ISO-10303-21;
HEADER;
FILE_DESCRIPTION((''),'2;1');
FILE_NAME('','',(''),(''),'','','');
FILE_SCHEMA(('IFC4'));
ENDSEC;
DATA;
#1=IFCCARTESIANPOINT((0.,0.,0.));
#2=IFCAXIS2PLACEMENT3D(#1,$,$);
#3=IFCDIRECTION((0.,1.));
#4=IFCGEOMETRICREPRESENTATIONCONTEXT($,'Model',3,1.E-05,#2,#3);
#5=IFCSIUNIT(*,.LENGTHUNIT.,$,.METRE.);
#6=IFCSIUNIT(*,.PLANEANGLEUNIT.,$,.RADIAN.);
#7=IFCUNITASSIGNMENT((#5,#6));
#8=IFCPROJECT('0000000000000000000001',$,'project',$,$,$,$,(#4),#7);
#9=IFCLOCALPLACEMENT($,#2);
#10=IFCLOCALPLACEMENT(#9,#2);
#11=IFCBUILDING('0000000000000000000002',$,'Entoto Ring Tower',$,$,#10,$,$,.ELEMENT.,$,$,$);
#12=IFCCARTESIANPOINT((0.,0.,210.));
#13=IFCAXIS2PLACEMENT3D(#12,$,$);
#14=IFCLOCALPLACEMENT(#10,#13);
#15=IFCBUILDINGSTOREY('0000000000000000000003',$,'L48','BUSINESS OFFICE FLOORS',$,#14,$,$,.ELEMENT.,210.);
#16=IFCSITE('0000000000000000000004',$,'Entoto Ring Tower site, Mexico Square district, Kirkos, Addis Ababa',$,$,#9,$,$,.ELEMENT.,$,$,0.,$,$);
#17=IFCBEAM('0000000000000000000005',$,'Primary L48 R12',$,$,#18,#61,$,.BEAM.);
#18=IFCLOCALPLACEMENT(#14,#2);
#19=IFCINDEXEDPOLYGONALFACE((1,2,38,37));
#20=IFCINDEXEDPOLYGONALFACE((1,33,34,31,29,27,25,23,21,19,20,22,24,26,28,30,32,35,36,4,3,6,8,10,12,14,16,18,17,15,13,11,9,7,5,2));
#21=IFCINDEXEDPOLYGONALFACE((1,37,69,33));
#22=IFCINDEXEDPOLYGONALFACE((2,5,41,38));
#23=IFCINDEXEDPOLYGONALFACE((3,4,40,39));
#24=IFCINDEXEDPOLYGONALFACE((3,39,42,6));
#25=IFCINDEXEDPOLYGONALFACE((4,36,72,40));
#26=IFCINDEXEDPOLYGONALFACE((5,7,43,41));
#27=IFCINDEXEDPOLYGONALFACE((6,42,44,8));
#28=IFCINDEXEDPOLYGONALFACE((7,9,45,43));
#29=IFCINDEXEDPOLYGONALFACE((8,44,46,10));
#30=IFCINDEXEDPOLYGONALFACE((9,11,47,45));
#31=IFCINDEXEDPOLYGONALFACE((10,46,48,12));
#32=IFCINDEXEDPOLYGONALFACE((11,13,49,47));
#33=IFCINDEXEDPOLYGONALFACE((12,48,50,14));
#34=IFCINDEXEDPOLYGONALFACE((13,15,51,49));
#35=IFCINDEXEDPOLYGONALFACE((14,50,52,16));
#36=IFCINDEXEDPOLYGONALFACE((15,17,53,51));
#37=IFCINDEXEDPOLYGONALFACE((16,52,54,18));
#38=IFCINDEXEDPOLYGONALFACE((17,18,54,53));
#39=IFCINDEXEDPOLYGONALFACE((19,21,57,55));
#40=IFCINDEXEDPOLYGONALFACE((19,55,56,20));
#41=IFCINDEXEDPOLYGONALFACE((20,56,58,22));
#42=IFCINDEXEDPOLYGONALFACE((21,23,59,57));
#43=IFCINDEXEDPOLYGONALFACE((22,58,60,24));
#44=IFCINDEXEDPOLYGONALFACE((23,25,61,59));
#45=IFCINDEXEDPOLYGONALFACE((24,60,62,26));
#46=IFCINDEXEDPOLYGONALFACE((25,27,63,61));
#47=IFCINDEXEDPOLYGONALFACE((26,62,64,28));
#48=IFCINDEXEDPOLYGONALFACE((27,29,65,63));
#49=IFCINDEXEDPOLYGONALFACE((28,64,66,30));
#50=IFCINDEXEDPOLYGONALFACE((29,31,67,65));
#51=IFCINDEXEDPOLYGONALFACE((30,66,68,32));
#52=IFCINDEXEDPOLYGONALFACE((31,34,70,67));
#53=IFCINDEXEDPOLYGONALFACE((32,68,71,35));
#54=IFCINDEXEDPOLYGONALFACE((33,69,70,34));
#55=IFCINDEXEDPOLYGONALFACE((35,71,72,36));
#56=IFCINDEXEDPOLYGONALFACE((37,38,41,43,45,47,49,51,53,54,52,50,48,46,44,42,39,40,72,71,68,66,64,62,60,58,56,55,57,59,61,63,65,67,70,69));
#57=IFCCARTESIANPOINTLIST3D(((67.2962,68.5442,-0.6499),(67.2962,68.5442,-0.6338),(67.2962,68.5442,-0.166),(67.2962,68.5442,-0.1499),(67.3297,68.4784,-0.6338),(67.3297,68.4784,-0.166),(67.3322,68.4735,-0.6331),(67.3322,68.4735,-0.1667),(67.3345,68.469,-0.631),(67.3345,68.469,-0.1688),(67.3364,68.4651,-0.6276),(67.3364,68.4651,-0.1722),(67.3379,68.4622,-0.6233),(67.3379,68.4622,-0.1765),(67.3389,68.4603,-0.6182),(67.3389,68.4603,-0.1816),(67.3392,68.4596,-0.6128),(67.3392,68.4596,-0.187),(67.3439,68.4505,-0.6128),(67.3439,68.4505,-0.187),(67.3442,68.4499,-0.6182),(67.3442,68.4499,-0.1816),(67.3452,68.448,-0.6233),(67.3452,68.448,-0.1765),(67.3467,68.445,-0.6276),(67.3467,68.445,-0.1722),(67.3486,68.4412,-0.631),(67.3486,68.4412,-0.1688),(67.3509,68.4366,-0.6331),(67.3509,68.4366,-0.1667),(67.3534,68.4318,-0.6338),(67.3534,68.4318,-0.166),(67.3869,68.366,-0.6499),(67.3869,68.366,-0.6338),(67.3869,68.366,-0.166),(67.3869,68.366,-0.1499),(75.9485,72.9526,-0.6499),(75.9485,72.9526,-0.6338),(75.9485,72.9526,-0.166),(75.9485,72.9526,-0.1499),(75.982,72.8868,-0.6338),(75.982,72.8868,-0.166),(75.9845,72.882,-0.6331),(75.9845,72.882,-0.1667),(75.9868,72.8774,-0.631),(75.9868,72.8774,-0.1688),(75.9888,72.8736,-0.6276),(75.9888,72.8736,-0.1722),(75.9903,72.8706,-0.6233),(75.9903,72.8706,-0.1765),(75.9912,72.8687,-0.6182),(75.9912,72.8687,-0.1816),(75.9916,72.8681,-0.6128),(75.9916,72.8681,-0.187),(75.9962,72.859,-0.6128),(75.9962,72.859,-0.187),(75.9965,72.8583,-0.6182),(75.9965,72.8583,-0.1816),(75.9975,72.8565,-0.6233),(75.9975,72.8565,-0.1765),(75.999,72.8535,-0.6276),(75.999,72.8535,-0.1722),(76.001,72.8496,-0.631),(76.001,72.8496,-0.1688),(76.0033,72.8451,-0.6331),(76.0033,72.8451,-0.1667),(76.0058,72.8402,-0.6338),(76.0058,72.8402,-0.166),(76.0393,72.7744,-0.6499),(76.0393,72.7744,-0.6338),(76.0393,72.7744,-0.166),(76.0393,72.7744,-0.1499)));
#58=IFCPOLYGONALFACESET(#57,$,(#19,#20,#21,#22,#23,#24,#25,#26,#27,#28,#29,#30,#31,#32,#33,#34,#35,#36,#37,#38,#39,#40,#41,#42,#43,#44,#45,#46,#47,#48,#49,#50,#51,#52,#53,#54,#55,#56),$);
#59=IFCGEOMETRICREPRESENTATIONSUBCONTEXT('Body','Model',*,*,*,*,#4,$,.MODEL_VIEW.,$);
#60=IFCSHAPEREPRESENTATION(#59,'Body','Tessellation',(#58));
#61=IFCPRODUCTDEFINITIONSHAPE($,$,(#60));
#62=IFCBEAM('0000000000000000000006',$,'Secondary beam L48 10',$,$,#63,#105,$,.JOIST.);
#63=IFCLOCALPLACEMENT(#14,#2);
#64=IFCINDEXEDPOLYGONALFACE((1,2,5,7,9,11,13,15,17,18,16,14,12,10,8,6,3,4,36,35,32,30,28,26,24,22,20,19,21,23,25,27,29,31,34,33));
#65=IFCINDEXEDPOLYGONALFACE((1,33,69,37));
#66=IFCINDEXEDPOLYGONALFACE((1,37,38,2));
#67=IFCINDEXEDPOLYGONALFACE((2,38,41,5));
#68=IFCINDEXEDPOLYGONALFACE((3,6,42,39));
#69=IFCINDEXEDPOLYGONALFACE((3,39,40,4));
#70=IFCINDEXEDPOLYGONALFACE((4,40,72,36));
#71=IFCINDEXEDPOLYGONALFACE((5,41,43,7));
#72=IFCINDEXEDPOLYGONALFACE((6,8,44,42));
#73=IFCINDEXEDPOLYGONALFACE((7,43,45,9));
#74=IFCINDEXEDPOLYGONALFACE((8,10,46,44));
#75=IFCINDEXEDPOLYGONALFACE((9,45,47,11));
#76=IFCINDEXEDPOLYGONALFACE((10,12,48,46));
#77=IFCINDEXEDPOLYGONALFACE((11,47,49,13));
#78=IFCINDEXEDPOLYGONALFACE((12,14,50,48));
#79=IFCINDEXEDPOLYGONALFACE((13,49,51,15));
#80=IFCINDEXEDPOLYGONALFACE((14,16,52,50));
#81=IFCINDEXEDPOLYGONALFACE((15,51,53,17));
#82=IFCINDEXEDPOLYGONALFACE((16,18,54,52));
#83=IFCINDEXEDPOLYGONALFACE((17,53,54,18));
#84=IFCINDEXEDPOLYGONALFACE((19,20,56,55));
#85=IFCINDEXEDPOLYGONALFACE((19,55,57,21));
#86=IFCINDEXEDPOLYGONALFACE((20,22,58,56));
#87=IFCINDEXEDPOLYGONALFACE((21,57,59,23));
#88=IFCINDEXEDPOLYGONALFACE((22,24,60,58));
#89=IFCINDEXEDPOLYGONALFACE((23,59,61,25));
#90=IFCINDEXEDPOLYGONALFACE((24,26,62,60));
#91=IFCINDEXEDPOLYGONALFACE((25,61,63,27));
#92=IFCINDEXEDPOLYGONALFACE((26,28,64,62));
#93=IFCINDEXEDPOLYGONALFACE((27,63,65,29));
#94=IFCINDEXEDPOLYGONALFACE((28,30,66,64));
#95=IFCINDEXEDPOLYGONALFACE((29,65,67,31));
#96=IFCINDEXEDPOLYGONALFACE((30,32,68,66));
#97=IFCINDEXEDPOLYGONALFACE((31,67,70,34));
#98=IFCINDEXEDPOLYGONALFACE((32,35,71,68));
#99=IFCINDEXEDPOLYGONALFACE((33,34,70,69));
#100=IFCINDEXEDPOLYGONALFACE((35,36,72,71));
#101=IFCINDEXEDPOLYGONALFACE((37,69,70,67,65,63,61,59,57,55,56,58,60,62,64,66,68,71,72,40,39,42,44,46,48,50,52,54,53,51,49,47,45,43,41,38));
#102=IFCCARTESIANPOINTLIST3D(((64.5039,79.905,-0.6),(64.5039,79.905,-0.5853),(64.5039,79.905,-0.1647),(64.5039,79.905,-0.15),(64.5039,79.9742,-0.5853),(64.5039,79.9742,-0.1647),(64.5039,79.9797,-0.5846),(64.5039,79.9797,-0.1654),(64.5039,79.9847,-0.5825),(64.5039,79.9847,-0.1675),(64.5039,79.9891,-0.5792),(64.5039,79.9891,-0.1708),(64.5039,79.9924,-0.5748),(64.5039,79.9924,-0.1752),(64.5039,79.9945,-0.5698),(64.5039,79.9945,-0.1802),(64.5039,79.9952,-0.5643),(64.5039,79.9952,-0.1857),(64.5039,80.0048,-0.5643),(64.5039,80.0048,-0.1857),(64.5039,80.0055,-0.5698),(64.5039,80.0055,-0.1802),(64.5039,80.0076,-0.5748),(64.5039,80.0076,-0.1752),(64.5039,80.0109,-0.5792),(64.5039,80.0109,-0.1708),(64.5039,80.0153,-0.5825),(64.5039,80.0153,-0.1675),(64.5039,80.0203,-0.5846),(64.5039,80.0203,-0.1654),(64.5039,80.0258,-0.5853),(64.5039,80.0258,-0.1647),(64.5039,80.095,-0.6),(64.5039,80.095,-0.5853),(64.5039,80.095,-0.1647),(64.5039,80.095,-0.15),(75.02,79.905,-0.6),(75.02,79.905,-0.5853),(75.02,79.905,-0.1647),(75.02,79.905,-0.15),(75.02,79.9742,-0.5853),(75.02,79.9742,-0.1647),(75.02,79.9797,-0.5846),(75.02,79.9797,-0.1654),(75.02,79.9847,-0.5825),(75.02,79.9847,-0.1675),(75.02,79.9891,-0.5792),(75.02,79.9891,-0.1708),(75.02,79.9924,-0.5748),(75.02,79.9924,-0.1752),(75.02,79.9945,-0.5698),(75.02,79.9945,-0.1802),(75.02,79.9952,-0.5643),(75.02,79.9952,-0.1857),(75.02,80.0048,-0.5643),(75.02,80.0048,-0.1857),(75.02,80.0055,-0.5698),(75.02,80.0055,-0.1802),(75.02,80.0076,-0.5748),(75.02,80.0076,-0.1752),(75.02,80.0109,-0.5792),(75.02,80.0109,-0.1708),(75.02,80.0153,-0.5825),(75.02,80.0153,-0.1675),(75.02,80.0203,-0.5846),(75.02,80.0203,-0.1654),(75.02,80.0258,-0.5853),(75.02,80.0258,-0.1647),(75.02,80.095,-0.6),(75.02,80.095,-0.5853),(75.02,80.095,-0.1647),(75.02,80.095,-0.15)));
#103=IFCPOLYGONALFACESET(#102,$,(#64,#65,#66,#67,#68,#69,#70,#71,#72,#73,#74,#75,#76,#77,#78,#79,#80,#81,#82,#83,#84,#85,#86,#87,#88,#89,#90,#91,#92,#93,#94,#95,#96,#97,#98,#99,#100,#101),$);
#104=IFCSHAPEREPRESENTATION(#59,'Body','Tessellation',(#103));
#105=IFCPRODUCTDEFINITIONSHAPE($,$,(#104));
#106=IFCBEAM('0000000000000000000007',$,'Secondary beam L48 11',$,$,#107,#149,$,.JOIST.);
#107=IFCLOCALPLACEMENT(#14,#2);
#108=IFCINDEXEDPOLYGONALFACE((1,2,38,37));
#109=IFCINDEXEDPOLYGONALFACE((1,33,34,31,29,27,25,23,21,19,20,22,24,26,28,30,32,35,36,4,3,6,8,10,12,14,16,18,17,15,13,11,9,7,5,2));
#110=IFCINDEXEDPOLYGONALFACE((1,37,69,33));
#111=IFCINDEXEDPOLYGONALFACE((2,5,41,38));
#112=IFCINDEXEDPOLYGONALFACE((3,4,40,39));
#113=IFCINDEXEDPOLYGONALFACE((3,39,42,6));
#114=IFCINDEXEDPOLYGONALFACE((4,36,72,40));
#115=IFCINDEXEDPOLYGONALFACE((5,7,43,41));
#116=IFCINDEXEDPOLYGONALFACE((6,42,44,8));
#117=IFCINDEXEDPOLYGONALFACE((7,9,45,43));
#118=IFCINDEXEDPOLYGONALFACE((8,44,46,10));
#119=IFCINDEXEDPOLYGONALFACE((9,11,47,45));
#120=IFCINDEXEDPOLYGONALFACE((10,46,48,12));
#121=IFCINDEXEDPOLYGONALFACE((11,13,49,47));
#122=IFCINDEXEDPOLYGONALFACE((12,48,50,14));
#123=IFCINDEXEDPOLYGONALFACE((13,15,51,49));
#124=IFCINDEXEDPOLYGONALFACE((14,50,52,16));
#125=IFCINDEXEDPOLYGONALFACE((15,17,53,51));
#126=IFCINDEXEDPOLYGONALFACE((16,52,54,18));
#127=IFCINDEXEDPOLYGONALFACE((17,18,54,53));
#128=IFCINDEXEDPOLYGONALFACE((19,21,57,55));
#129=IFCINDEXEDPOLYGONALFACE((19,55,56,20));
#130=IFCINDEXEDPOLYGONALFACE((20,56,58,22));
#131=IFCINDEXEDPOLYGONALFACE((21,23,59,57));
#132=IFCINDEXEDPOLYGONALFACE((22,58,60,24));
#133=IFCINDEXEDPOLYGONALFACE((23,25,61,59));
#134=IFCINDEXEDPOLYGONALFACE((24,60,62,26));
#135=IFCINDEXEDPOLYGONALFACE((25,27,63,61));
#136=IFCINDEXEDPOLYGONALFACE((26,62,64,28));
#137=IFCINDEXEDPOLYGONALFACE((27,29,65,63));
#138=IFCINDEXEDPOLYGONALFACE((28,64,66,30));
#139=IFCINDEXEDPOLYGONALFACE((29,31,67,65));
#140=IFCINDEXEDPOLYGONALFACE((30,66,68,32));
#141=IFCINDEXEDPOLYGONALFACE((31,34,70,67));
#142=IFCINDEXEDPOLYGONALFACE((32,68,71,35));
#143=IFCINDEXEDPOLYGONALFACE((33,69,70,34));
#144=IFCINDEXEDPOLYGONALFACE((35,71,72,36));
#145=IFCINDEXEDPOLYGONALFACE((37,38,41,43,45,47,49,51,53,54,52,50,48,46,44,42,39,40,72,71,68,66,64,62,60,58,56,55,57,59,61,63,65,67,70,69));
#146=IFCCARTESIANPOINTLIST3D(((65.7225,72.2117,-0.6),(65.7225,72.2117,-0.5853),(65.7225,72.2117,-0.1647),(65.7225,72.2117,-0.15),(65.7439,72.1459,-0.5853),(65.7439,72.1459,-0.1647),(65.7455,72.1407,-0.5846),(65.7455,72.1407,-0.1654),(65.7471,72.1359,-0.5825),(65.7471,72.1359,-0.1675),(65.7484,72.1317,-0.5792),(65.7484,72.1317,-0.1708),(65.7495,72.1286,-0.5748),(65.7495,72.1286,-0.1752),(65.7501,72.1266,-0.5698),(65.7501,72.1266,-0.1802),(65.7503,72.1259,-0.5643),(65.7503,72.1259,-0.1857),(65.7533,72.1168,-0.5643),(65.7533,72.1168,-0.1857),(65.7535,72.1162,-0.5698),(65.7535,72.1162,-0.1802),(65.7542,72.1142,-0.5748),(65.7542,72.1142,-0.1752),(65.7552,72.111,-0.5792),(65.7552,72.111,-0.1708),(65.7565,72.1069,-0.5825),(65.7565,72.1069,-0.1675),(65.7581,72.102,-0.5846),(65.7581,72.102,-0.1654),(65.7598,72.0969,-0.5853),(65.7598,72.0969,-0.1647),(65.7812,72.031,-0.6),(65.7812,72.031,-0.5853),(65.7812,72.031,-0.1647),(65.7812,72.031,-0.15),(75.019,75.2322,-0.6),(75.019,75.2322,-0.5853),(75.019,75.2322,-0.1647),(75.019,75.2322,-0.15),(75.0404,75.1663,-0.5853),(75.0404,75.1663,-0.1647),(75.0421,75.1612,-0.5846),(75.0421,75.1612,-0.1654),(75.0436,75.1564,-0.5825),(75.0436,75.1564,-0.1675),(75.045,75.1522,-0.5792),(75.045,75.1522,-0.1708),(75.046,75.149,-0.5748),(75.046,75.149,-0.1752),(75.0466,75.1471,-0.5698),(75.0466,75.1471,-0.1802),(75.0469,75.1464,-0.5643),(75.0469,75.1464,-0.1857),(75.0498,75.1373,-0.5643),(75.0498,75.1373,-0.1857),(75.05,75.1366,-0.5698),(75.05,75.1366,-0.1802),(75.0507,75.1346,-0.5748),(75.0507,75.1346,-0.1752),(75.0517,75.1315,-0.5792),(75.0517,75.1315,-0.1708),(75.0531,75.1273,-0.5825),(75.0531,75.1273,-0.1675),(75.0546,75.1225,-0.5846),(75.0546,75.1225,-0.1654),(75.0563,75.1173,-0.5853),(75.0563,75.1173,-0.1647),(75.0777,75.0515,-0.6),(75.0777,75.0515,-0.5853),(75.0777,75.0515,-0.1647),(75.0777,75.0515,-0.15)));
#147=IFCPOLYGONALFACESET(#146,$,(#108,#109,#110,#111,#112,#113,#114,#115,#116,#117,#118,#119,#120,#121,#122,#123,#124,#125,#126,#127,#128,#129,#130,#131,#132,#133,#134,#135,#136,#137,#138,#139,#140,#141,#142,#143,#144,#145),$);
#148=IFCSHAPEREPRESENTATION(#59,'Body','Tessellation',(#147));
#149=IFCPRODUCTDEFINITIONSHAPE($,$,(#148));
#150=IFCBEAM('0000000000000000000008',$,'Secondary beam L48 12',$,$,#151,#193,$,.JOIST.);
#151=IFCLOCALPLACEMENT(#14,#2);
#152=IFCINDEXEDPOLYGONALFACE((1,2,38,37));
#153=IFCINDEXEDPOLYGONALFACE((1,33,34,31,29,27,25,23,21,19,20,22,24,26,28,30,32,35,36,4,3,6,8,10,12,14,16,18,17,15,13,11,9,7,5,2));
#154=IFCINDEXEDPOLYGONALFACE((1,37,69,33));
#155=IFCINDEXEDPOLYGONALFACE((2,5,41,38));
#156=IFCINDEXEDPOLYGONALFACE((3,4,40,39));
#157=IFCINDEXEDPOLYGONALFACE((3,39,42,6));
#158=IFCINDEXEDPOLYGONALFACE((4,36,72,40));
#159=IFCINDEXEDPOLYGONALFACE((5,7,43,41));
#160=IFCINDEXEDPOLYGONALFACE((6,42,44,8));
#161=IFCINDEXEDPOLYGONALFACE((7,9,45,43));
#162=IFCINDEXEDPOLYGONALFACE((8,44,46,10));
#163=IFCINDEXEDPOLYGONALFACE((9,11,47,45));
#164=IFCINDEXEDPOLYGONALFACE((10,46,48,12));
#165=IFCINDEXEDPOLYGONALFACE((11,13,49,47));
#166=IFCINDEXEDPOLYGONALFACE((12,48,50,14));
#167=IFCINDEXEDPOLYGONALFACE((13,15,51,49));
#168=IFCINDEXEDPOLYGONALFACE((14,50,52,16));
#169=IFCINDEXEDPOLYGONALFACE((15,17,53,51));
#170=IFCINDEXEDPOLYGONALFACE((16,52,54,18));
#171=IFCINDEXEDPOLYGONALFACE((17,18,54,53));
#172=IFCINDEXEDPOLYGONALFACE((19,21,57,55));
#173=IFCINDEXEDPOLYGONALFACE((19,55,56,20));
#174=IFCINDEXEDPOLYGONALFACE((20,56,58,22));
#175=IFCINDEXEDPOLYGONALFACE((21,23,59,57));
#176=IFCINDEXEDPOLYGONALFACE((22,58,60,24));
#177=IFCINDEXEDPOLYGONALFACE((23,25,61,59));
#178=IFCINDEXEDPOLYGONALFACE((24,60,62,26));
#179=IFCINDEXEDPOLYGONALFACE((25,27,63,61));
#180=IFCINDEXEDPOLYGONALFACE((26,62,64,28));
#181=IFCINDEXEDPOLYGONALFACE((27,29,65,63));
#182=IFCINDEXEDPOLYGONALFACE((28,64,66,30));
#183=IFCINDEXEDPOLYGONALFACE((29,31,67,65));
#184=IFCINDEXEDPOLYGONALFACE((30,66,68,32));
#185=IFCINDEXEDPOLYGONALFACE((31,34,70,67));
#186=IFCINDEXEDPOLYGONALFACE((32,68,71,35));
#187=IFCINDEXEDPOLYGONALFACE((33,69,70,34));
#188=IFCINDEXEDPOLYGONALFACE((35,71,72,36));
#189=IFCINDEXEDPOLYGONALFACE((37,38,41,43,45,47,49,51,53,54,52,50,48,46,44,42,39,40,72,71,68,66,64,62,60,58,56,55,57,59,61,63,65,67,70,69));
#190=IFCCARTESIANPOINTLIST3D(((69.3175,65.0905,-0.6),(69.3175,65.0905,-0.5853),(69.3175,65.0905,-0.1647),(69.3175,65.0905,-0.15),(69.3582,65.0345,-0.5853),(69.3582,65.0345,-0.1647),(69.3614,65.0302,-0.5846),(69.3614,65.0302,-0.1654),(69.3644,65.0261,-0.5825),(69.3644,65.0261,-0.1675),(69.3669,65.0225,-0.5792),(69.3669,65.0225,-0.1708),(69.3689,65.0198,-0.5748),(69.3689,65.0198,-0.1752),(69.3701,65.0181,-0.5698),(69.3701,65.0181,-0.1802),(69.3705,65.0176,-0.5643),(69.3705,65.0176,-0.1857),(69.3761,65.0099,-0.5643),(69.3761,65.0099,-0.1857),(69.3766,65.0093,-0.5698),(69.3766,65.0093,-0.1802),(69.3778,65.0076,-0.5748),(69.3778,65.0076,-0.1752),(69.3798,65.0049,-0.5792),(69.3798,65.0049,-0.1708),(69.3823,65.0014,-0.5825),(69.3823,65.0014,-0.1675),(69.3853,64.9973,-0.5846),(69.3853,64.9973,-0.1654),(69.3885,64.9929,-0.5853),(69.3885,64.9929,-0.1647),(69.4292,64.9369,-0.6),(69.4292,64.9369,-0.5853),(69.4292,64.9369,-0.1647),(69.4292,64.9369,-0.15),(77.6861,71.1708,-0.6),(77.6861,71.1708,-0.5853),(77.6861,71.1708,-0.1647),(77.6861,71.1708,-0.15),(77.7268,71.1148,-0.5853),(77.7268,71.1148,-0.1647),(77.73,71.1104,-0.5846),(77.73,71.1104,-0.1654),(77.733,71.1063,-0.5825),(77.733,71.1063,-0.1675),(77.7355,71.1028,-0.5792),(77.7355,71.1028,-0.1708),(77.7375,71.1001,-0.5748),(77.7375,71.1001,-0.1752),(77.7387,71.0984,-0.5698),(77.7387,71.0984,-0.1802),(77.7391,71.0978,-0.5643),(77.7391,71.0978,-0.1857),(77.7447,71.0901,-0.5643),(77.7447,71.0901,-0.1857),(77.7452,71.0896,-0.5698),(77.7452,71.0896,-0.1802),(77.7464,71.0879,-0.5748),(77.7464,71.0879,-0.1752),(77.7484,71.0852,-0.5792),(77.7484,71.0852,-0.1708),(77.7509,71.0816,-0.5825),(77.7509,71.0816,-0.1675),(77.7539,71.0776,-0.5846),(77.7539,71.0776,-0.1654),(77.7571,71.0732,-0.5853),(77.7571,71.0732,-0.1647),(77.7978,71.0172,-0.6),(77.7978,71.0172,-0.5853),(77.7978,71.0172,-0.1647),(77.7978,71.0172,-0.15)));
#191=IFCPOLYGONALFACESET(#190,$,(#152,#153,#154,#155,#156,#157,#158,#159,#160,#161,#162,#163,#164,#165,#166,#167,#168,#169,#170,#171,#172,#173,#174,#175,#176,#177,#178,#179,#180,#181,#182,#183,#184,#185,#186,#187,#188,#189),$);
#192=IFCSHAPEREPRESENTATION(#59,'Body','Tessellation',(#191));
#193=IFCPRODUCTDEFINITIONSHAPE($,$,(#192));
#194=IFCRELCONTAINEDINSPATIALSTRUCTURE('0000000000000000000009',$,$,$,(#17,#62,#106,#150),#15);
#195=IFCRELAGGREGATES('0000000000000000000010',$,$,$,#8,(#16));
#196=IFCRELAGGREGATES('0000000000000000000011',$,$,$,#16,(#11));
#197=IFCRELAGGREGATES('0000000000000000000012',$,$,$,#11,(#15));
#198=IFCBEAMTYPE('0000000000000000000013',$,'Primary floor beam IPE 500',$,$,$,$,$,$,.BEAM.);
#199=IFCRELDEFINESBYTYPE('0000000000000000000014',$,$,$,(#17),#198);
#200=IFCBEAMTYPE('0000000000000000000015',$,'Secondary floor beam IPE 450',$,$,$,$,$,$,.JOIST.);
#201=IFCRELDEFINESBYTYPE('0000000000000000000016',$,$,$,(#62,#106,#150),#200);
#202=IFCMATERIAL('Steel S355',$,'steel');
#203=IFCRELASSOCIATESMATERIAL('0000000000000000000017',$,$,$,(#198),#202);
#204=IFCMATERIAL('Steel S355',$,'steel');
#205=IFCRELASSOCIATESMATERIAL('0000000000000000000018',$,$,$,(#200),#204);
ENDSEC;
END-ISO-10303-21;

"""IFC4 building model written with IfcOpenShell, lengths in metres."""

from ifc_helpers import new_model, si_unit, direction, frame, origin, origin_2d, place, context, subcontext, project, spatial, i_section, extrude, material, material_profile, profile_set, type_object, element, save


model = new_model("IFC4")

# Units and contexts
model_context = context("Model", 3, precision=1e-05, world=origin(), true_north=direction((0.0, 1.0)))
body_context = subcontext(model_context, "Body", "Model", "MODEL_VIEW")
ifc_project = project(units=[si_unit("LENGTHUNIT", "METRE"), si_unit("PLANEANGLEUNIT", "RADIAN")], contexts=[model_context])

# Site, building, storey
site_placement = place(None, origin())
site = spatial("IfcSite", under=ifc_project, at=site_placement, Name="Entoto Ring Tower site, Mexico Square district, Kirkos, Addis Ababa", CompositionType="ELEMENT", RefElevation=0.0)
building_placement = place(site_placement, origin())
building = spatial("IfcBuilding", under=site, at=building_placement, Name="Entoto Ring Tower", CompositionType="ELEMENT")
storey_placement = place(building_placement, frame((0.0, 0.0, 210.0)))
storey = spatial("IfcBuildingStorey", under=building, at=storey_placement, Name="L48", Description="BUSINESS OFFICE FLOORS", CompositionType="ELEMENT", Elevation=210.0)

# Beams
ifc_material_1 = material(Name="Steel S355", Category="steel")
ifc_material_profile_1 = material_profile(ifc_material_1, i_section(OverallWidth=0.2, OverallDepth=0.5, WebThickness=0.0103, FlangeThickness=0.0161, FilletRadius=0.021, at=origin_2d()), Name="IPE 500")
ifc_profile_set_1 = profile_set([ifc_material_profile_1], Name="Steel S355")
beam_type_1 = type_object("IfcBeamType", Name="Primary floor beam IPE 500", PredefinedType="BEAM", material=ifc_profile_set_1)
beam_1_placement = place(storey_placement, frame((75.9939, 72.8635, -0.3999), z_axis=(-0.891012, -0.453979, 0.0), x_axis=(0.453979, -0.891012, 0.0)))
element("IfcBeam", 1, at=beam_1_placement, inside=storey, type_object=beam_type_1, Name="Primary L48 R12", PredefinedType="BEAM", context=body_context, shape_type="SweptSolid", body=[
    extrude(i_section(OverallWidth=0.2, OverallDepth=0.5, WebThickness=0.0103, FlangeThickness=0.0161, FilletRadius=0.021, at=origin_2d()), origin(), (0.0, 0.0, 1.0), 9.7107),
])
ifc_material_2 = material(Name="Steel S355", Category="steel")
ifc_material_profile_2 = material_profile(ifc_material_2, i_section(OverallWidth=0.1899, OverallDepth=0.45, WebThickness=0.0095, FlangeThickness=0.0146, FilletRadius=0.021, at=origin_2d()), Name="IPE 450")
ifc_profile_set_2 = profile_set([ifc_material_profile_2], Name="Steel S355")
beam_type_2 = type_object("IfcBeamType", Name="Secondary floor beam IPE 450", PredefinedType="JOIST", material=ifc_profile_set_2)
beam_2_placement = place(storey_placement, frame((75.02, 80.0, -0.375), z_axis=(-1.0, 0.0, 0.0), x_axis=(0.0, -1.0, 0.0)))
element("IfcBeam", 2, at=beam_2_placement, inside=storey, type_object=beam_type_2, Name="Secondary beam L48 10", PredefinedType="JOIST", context=body_context, shape_type="SweptSolid", body=[
    extrude(i_section(OverallWidth=0.1899, OverallDepth=0.45, WebThickness=0.0095, FlangeThickness=0.0146, FilletRadius=0.021, at=origin_2d()), origin(), (0.0, 0.0, 1.0), 10.5161),
])
beam_3_placement = place(storey_placement, frame((75.0483, 75.1418, -0.375), z_axis=(-0.951061, -0.309003, 0.0), x_axis=(0.309003, -0.951061, 0.0)))
element("IfcBeam", 3, at=beam_3_placement, inside=storey, type_object=beam_type_2, Name="Secondary beam L48 11", PredefinedType="JOIST", context=body_context, shape_type="SweptSolid", body=[
    extrude(i_section(OverallWidth=0.1899, OverallDepth=0.45, WebThickness=0.0095, FlangeThickness=0.0146, FilletRadius=0.021, at=origin_2d()), origin(), (0.0, 0.0, 1.0), 9.7749),
])
beam_4_placement = place(storey_placement, frame((77.7419, 71.094, -0.375), z_axis=(-0.809011, -0.587794, 0.0), x_axis=(0.587794, -0.809011, 0.0)))
element("IfcBeam", 4, at=beam_4_placement, inside=storey, type_object=beam_type_2, Name="Secondary beam L48 12", PredefinedType="JOIST", context=body_context, shape_type="SweptSolid", body=[
    extrude(i_section(OverallWidth=0.1899, OverallDepth=0.45, WebThickness=0.0095, FlangeThickness=0.0146, FilletRadius=0.021, at=origin_2d()), origin(), (0.0, 0.0, 1.0), 10.3442),
])

save(model, "model.ifc")
